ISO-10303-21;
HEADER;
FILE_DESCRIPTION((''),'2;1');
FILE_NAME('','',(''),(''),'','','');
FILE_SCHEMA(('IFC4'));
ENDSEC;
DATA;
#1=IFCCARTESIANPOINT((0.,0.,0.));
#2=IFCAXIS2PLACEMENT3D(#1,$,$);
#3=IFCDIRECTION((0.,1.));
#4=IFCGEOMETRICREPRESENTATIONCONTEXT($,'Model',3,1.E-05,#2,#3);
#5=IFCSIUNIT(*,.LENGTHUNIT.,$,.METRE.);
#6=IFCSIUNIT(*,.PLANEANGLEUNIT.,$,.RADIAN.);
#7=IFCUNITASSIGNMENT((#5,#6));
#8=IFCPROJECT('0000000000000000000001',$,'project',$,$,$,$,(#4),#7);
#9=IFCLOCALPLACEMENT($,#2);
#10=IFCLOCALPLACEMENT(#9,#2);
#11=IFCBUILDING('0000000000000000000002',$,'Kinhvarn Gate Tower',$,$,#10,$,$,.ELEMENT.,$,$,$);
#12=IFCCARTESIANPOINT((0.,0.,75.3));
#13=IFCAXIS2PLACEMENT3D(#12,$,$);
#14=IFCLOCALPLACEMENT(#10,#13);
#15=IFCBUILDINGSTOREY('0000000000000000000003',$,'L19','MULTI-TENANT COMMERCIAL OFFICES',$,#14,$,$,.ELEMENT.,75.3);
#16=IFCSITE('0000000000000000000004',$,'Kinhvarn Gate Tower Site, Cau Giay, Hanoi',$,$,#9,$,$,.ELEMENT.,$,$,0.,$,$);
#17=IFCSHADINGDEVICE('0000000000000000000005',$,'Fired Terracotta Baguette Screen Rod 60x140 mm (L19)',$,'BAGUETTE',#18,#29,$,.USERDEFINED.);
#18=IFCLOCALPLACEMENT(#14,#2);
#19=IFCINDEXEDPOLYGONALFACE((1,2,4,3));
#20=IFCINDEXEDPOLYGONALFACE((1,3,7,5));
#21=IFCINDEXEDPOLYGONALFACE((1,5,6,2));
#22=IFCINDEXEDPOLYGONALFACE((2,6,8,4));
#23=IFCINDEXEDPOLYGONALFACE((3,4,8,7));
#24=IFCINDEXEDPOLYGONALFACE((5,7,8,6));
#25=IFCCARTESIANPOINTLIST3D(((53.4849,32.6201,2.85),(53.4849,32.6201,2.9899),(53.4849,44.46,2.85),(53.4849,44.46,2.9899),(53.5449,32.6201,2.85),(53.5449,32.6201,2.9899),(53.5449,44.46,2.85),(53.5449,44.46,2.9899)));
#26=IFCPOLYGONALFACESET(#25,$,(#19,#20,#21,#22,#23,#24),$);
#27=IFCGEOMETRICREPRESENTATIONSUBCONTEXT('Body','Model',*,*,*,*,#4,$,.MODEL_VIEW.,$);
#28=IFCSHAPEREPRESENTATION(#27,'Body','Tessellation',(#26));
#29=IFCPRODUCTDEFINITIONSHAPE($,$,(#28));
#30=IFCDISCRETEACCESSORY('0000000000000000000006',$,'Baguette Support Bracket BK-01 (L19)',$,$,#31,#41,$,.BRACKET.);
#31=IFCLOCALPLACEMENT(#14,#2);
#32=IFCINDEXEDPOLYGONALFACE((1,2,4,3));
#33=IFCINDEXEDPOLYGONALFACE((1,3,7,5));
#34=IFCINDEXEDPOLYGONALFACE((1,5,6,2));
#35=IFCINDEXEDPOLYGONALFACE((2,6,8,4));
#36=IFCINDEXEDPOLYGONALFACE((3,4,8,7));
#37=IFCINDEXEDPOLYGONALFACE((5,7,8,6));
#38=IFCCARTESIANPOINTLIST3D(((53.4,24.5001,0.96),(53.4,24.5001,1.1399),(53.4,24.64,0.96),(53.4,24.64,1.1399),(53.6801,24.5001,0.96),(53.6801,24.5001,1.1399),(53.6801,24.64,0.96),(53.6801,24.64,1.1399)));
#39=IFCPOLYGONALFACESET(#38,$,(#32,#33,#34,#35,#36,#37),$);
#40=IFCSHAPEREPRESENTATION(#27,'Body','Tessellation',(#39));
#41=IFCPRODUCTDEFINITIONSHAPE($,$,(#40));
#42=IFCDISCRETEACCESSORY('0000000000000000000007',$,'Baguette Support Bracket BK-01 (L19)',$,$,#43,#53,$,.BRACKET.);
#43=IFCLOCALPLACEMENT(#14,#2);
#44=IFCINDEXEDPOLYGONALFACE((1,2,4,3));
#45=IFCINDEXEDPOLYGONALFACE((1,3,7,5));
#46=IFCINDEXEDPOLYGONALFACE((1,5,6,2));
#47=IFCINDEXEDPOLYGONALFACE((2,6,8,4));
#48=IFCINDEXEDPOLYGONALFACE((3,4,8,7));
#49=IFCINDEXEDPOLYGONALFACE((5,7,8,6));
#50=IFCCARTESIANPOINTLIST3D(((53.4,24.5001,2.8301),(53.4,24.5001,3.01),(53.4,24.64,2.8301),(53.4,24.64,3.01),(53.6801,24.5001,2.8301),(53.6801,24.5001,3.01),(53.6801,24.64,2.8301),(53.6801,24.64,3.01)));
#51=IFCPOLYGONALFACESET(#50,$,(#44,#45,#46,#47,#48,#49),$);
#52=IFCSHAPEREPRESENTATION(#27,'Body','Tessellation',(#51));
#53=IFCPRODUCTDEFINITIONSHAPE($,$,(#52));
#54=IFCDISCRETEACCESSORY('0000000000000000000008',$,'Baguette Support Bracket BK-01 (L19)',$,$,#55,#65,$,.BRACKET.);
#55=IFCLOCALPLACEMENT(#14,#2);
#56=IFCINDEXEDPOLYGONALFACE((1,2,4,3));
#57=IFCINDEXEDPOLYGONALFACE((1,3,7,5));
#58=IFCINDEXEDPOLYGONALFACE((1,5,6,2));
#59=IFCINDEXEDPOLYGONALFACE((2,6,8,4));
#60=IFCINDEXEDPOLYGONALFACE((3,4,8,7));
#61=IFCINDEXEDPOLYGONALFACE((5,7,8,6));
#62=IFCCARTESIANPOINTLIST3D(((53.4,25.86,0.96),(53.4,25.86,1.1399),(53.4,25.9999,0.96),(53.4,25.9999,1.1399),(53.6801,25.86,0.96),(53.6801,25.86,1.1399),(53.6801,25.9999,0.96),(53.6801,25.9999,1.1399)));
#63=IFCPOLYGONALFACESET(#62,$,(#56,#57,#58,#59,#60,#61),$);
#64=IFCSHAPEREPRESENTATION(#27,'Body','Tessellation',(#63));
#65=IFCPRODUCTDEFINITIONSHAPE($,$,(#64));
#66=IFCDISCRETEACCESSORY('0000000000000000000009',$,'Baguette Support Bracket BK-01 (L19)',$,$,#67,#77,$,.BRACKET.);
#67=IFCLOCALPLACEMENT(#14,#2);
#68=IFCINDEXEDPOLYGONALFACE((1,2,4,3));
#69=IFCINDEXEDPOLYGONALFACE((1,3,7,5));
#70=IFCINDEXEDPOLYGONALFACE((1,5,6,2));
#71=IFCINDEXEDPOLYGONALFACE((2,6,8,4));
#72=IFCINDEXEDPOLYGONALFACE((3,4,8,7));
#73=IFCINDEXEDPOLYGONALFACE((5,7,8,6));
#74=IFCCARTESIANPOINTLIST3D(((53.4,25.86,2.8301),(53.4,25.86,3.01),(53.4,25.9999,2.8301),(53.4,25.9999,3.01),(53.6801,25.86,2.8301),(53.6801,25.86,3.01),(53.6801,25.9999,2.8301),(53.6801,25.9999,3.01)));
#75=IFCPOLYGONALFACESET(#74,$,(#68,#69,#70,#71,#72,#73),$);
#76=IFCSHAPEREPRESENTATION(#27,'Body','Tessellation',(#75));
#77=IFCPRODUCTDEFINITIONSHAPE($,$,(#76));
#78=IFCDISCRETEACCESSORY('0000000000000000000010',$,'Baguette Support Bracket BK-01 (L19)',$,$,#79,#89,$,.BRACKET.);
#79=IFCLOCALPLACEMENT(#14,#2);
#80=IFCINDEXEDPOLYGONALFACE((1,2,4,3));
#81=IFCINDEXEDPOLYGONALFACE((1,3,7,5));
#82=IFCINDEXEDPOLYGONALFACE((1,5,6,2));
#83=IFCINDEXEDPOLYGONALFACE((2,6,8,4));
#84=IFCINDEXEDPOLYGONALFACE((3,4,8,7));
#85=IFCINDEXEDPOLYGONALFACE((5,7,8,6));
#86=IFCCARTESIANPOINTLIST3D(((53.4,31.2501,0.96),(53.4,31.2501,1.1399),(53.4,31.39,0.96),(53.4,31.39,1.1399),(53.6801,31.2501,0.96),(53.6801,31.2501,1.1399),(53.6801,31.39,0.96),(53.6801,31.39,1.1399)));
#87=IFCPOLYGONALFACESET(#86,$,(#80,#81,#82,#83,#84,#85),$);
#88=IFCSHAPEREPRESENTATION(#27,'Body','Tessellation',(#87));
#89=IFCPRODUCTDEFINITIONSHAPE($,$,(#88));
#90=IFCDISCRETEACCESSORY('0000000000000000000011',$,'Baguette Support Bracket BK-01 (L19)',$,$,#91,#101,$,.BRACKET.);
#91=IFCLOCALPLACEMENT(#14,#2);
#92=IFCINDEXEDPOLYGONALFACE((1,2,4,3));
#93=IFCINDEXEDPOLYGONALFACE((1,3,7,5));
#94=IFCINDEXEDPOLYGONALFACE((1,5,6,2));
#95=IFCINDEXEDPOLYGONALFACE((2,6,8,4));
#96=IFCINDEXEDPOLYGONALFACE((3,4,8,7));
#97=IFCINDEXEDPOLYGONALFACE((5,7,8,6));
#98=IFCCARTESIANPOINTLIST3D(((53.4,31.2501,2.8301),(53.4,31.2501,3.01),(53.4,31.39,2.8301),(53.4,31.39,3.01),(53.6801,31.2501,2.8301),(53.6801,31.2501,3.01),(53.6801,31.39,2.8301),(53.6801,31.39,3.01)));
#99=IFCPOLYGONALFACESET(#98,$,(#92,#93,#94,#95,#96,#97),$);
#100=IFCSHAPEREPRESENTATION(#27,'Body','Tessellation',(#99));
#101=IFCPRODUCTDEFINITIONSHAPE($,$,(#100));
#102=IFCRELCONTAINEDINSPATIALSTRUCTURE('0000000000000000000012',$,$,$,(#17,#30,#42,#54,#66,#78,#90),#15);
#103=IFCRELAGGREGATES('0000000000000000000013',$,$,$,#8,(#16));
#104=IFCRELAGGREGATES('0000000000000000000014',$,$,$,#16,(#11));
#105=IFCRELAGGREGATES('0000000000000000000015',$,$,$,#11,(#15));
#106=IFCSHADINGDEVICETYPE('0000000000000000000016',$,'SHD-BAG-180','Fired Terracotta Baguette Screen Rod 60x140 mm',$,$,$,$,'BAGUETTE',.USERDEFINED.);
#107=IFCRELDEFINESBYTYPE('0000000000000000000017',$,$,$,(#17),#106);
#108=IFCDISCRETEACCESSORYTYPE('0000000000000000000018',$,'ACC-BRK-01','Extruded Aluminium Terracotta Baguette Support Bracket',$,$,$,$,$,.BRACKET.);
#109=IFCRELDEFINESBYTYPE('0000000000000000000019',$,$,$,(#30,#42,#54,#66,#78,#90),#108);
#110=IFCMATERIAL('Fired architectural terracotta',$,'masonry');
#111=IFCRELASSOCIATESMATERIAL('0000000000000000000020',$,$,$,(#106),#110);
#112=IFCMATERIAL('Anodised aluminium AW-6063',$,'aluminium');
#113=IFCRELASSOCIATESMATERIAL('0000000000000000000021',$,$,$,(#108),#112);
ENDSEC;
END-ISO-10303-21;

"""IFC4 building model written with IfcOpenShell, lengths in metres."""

from ifc_helpers import new_model, si_unit, direction, frame, origin, origin_2d, place, context, subcontext, project, spatial, rectangle, extrude, material, material_profile, profile_set, type_object, element, save


model = new_model("IFC4")

# Units and contexts
model_context = context("Model", 3, precision=1e-05, world=origin(), true_north=direction((0.0, 1.0)))
body_context = subcontext(model_context, "Body", "Model", "MODEL_VIEW")
ifc_project = project(units=[si_unit("LENGTHUNIT", "METRE"), si_unit("PLANEANGLEUNIT", "RADIAN")], contexts=[model_context])

# Site, building, storey
site_placement = place(None, origin())
site = spatial("IfcSite", under=ifc_project, at=site_placement, Name="Kinhvarn Gate Tower Site, Cau Giay, Hanoi", CompositionType="ELEMENT", RefElevation=0.0)
building_placement = place(site_placement, origin())
building = spatial("IfcBuilding", under=site, at=building_placement, Name="Kinhvarn Gate Tower", CompositionType="ELEMENT")
storey_placement = place(building_placement, frame((0.0, 0.0, 75.3)))
storey = spatial("IfcBuildingStorey", under=building, at=storey_placement, Name="L19", Description="MULTI-TENANT COMMERCIAL OFFICES", CompositionType="ELEMENT", Elevation=75.3)

# Shared definitions
ifc_material_1 = material(Name="Anodised aluminium AW-6063", Category="aluminium")

# Shading device
ifc_material_2 = material(Name="Fired architectural terracotta", Category="masonry")
ifc_material_profile_1 = material_profile(ifc_material_2, rectangle(XDim=0.0601, YDim=0.1399, at=origin_2d()), Name="TC 60x140")
ifc_profile_set_1 = profile_set([ifc_material_profile_1], Name="Fired architectural terracotta")
shading_device_type = type_object("IfcShadingDeviceType", Name="SHD-BAG-180", Description="Fired Terracotta Baguette Screen Rod 60x140 mm", ElementType="BAGUETTE", PredefinedType="USERDEFINED", material=ifc_profile_set_1)
for number, where, z_axis, x_axis, name in (
    (1, (53.5149, 32.6201, 2.9199), (0.0, 1.0, 0.0), (-1.0, 0.0, 0.0), "Fired Terracotta Baguette Screen Rod 60x140 mm (L19)"),
):
    element("IfcShadingDevice", number, at=place(storey_placement, frame(where, z_axis=z_axis, x_axis=x_axis)), inside=storey, type_object=shading_device_type, Name=name, ObjectType="BAGUETTE", PredefinedType="USERDEFINED", context=body_context, shape_type="SweptSolid", body=[
        extrude(rectangle(XDim=0.0601, YDim=0.1399, at=origin_2d()), origin(), (0.0, 0.0, 1.0), 11.8398),
    ])

# Discrete accessories
discrete_accessory_type = type_object("IfcDiscreteAccessoryType", Name="ACC-BRK-01", Description="Extruded Aluminium Terracotta Baguette Support Bracket", PredefinedType="BRACKET", material=ifc_material_1)
for number, where, z_axis, x_axis, name in (
    (2, (53.54, 24.5701, 0.96), (0.0, 0.0, 1.0), (0.0, 1.0, 0.0), "Baguette Support Bracket BK-01 (L19)"),
    (3, (53.54, 24.5701, 2.8301), (0.0, 0.0, 1.0), (0.0, 1.0, 0.0), "Baguette Support Bracket BK-01 (L19)"),
    (4, (53.54, 25.9299, 0.96), (0.0, 0.0, 1.0), (0.0, 1.0, 0.0), "Baguette Support Bracket BK-01 (L19)"),
    (5, (53.54, 25.9299, 2.8301), (0.0, 0.0, 1.0), (0.0, 1.0, 0.0), "Baguette Support Bracket BK-01 (L19)"),
    (6, (53.54, 31.3201, 0.96), (0.0, 0.0, 1.0), (0.0, 1.0, 0.0), "Baguette Support Bracket BK-01 (L19)"),
    (7, (53.54, 31.3201, 2.8301), (0.0, 0.0, 1.0), (0.0, 1.0, 0.0), "Baguette Support Bracket BK-01 (L19)"),
):
    element("IfcDiscreteAccessory", number, at=place(storey_placement, frame(where, z_axis=z_axis, x_axis=x_axis)), inside=storey, type_object=discrete_accessory_type, Name=name, PredefinedType="BRACKET", context=body_context, shape_type="SweptSolid", body=[
        extrude(rectangle(XDim=0.1399, YDim=0.28, at=origin_2d()), origin(), (0.0, 0.0, 1.0), 0.1799),
    ])

save(model, "model.ifc")
